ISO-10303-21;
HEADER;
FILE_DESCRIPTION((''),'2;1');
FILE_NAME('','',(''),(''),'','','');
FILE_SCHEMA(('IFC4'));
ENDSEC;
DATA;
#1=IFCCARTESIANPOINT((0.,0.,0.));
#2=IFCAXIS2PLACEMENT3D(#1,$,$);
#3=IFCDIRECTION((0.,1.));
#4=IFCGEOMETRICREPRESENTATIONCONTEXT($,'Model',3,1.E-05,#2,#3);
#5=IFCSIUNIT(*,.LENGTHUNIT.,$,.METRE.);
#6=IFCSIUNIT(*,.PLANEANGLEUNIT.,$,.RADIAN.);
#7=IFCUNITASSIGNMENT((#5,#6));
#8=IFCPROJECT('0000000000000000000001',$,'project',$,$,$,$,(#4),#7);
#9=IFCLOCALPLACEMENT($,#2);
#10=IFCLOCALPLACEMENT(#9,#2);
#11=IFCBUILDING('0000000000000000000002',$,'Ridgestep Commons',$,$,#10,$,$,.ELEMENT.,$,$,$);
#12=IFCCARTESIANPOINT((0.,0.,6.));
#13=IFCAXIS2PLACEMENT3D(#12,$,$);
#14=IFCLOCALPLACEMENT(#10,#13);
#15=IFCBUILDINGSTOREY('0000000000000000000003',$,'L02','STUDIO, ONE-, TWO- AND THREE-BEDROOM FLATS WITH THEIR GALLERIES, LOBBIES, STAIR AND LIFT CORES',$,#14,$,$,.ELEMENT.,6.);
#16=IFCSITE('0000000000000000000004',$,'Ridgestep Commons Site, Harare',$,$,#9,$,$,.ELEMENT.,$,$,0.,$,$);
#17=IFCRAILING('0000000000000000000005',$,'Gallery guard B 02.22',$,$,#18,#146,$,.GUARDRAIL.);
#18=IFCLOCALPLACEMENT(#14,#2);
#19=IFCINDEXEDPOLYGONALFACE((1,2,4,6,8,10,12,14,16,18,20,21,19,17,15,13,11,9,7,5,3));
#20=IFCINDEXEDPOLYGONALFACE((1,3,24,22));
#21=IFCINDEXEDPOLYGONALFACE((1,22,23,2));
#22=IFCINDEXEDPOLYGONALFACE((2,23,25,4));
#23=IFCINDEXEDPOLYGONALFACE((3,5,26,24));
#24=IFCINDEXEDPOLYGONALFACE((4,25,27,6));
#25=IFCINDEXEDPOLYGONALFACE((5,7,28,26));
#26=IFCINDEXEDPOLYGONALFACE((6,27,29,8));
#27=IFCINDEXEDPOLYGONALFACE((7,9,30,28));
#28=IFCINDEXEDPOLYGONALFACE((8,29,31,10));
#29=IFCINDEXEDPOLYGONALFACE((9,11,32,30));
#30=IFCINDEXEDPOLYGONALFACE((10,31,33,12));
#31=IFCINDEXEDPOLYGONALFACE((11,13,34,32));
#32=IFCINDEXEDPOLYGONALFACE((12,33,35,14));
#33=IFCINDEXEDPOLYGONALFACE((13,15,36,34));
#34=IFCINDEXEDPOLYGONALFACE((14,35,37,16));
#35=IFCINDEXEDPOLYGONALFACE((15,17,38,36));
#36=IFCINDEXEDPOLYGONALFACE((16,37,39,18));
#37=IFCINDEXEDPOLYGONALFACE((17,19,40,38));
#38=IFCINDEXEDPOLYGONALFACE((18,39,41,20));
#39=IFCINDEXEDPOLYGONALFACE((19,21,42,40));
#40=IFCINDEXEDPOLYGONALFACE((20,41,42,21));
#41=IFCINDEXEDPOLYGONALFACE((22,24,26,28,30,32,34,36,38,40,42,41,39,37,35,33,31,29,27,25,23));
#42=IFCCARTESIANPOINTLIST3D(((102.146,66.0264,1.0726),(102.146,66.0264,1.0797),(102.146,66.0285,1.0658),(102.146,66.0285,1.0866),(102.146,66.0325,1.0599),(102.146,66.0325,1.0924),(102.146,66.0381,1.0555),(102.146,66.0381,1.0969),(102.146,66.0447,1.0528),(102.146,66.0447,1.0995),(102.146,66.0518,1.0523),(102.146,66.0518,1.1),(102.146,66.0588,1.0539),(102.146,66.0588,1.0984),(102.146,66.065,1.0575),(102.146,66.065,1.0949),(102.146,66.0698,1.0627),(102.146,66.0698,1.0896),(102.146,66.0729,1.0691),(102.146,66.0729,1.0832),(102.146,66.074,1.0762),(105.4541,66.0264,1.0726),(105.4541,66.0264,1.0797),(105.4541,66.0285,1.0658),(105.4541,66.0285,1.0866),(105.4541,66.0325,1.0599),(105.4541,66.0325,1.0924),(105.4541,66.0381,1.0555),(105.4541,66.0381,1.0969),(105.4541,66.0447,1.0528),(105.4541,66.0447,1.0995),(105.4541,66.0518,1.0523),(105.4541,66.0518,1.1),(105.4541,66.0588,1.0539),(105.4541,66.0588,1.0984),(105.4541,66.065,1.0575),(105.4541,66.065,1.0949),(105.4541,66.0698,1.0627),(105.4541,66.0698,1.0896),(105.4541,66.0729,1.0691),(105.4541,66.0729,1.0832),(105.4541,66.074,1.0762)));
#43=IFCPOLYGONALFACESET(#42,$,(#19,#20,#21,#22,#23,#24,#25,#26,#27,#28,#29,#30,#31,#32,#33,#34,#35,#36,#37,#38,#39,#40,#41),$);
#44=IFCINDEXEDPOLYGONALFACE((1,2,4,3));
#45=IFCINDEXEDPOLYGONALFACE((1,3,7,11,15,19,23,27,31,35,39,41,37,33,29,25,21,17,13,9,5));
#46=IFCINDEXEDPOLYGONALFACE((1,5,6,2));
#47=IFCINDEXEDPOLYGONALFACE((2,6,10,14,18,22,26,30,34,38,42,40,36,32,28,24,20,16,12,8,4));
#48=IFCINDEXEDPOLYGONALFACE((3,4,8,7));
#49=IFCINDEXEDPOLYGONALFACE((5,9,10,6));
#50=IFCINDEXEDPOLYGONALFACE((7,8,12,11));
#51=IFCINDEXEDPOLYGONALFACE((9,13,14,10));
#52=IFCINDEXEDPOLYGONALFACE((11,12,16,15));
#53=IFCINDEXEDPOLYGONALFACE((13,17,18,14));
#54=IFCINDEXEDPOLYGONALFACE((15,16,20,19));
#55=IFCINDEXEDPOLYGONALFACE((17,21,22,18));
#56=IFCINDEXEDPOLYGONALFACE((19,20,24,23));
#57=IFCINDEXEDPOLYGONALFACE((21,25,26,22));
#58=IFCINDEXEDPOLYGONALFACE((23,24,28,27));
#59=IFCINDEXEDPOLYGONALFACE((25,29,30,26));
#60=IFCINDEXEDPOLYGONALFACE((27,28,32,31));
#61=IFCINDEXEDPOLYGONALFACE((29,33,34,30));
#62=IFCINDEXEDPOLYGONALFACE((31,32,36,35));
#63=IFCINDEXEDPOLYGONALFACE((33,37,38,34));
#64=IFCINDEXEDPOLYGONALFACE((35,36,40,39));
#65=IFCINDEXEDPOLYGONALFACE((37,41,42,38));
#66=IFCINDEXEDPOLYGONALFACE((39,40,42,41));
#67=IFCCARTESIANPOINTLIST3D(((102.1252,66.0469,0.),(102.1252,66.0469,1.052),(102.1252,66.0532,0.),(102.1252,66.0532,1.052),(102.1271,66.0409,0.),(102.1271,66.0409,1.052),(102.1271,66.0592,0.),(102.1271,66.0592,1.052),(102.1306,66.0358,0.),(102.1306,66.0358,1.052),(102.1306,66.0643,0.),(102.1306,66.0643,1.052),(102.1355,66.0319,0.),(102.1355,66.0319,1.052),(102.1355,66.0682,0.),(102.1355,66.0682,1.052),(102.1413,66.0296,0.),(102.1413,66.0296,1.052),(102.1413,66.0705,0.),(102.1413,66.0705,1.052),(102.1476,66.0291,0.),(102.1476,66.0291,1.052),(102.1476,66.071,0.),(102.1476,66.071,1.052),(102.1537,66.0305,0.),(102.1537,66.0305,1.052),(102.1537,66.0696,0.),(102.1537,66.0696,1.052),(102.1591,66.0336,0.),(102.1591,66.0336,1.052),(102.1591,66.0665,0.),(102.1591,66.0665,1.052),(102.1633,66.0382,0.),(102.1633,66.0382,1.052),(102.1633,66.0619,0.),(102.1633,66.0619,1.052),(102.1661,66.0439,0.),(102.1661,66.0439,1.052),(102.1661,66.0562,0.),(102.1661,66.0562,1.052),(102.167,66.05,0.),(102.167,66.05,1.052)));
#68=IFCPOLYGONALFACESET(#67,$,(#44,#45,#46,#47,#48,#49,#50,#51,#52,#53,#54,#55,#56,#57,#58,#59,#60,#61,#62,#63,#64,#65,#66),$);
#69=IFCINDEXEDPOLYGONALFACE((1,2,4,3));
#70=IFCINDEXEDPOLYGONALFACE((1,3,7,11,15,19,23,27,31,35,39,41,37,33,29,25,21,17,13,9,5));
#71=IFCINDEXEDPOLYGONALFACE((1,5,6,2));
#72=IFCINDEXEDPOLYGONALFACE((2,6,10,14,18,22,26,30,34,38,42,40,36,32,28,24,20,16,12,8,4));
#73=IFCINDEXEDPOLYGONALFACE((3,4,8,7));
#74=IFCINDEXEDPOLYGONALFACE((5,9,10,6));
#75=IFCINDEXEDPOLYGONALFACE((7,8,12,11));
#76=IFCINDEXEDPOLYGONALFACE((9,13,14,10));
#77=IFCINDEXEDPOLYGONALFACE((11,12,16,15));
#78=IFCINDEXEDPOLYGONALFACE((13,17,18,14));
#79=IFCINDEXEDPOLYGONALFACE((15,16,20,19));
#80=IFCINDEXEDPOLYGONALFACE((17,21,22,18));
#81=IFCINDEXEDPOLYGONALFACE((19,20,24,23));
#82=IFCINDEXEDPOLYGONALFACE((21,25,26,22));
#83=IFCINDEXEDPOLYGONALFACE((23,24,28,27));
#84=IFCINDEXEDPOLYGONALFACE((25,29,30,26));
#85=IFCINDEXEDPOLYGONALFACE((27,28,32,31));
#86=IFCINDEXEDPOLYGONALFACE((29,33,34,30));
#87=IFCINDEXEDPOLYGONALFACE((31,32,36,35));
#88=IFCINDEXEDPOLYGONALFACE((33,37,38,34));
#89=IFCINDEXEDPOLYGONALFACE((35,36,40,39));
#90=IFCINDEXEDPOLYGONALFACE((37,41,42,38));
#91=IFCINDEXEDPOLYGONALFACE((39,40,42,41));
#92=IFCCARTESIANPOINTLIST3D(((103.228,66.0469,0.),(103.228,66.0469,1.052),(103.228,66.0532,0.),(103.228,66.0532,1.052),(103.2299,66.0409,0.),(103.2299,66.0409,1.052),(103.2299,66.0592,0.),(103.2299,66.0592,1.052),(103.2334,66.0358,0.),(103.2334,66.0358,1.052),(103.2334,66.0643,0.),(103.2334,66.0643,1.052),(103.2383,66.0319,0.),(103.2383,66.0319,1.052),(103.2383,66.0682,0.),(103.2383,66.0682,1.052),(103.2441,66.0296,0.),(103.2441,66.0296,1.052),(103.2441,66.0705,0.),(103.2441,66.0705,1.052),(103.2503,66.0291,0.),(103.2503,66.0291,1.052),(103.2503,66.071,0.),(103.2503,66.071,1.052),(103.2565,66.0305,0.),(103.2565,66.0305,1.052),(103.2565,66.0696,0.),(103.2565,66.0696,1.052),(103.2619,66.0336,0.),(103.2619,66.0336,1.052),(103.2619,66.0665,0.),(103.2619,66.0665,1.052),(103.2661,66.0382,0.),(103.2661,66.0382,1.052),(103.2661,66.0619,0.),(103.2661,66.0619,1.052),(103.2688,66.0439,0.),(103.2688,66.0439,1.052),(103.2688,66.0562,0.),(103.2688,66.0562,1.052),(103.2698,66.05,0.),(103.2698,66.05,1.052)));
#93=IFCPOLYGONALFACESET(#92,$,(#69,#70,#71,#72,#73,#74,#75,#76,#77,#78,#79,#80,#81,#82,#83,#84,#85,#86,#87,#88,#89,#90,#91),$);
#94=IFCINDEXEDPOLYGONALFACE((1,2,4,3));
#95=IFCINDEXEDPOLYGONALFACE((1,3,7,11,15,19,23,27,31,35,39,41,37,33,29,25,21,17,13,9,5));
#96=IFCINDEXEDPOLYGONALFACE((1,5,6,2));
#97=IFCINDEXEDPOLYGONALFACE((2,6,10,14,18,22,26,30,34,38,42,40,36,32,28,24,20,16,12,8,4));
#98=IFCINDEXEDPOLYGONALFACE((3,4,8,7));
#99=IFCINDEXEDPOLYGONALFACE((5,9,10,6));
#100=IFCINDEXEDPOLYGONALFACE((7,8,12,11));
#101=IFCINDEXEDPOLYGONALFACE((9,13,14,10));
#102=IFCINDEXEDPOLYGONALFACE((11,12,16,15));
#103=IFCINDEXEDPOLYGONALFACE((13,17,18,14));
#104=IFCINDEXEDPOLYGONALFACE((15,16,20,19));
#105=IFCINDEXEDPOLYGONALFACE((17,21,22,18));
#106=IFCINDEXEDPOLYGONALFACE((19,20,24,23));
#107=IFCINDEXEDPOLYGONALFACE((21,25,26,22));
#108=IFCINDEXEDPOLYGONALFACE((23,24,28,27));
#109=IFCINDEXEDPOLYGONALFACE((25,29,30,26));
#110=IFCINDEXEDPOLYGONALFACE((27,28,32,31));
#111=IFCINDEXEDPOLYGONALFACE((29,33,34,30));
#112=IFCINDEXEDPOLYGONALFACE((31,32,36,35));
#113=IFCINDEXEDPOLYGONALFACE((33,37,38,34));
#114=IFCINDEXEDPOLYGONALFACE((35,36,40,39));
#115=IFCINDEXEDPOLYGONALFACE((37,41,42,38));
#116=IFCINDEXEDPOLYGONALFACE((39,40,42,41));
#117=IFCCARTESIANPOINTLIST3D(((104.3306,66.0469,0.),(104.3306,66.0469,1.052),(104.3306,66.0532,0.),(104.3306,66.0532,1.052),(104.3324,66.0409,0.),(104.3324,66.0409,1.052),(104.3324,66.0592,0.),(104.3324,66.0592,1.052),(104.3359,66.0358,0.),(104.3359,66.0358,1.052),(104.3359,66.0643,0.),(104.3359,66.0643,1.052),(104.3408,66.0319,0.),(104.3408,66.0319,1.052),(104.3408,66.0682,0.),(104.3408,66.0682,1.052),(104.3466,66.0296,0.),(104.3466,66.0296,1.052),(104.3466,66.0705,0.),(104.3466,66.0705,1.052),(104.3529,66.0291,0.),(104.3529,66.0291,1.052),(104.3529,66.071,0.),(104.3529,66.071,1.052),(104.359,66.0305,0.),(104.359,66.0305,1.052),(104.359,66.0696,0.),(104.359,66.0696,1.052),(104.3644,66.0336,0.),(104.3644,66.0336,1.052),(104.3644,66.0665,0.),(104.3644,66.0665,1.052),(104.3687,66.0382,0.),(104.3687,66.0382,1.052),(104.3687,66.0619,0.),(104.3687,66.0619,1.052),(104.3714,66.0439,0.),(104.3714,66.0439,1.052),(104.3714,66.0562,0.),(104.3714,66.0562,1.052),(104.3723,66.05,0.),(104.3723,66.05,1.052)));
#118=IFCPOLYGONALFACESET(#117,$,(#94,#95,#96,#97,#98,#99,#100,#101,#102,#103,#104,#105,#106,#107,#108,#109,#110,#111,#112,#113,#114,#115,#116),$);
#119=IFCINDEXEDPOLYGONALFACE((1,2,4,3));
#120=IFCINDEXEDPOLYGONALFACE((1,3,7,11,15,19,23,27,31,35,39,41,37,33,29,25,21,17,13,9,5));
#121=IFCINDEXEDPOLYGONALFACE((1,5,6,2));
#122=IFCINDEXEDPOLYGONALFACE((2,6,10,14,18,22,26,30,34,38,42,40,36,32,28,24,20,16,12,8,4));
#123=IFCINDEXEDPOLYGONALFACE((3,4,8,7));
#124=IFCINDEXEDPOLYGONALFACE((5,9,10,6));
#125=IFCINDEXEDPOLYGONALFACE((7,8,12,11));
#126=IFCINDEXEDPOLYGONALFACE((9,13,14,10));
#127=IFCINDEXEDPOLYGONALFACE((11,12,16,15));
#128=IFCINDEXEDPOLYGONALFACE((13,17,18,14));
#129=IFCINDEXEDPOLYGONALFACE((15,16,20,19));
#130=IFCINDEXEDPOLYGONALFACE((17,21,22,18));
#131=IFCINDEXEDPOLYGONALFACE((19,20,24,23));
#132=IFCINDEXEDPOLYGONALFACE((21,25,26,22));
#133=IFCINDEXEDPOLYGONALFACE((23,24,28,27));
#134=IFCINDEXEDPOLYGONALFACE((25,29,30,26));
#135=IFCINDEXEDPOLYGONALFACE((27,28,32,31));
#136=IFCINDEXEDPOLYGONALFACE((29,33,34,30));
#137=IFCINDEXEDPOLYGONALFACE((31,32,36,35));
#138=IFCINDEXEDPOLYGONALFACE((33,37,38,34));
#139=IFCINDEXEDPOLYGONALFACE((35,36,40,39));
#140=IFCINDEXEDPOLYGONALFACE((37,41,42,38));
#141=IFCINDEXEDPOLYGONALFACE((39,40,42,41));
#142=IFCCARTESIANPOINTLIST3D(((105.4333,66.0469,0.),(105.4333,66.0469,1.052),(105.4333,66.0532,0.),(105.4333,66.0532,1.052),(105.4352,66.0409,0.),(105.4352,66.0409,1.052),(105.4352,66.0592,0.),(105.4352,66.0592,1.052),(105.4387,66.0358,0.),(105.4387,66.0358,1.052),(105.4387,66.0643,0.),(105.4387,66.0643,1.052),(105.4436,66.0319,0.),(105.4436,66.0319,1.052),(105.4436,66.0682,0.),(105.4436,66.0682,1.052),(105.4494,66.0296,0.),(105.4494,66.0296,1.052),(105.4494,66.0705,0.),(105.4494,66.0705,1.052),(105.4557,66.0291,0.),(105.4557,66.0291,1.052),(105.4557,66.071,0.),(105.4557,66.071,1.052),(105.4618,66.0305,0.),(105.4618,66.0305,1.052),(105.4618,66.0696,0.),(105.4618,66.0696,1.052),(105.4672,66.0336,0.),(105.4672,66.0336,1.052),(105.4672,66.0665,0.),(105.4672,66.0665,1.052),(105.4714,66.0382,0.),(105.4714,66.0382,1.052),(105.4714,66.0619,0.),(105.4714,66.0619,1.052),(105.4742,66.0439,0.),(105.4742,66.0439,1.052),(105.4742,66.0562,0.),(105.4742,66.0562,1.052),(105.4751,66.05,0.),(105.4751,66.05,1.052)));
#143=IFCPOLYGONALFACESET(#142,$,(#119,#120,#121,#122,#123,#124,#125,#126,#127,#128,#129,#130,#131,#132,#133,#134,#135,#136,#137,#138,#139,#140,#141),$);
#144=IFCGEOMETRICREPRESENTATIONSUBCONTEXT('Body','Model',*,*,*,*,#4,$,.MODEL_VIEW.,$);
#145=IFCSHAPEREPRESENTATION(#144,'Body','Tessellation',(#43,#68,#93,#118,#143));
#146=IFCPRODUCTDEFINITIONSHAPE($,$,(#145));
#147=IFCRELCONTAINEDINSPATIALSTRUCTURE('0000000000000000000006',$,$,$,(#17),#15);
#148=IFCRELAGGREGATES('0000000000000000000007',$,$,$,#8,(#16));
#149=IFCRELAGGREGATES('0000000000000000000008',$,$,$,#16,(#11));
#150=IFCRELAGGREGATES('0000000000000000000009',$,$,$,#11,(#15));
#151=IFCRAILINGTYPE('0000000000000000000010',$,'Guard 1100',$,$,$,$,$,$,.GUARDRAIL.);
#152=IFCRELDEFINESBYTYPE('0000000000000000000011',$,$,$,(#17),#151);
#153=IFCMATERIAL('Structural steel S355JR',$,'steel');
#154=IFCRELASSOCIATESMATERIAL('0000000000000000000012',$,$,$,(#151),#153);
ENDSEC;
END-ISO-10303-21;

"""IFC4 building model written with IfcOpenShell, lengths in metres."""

from ifc_helpers import new_model, si_unit, direction, frame, origin, origin_2d, place, context, subcontext, project, spatial, circle, extrude, material, type_object, element, save


model = new_model("IFC4")

# Units and contexts
model_context = context("Model", 3, precision=1e-05, world=origin(), true_north=direction((0.0, 1.0)))
body_context = subcontext(model_context, "Body", "Model", "MODEL_VIEW")
ifc_project = project(units=[si_unit("LENGTHUNIT", "METRE"), si_unit("PLANEANGLEUNIT", "RADIAN")], contexts=[model_context])

# Site, building, storey
site_placement = place(None, origin())
site = spatial("IfcSite", under=ifc_project, at=site_placement, Name="Ridgestep Commons Site, Harare", CompositionType="ELEMENT", RefElevation=0.0)
building_placement = place(site_placement, origin())
building = spatial("IfcBuilding", under=site, at=building_placement, Name="Ridgestep Commons", CompositionType="ELEMENT")
storey_placement = place(building_placement, frame((0.0, 0.0, 6.0)))
storey = spatial("IfcBuildingStorey", under=building, at=storey_placement, Name="L02", Description="STUDIO, ONE-, TWO- AND THREE-BEDROOM FLATS WITH THEIR GALLERIES, LOBBIES, STAIR AND LIFT CORES", CompositionType="ELEMENT", Elevation=6.0)

# Railing
ifc_material_1 = material(Name="Structural steel S355JR", Category="steel")
railing_type = type_object("IfcRailingType", Name="Guard 1100", PredefinedType="GUARDRAIL", material=ifc_material_1)
railing_1_placement = place(storey_placement, frame((102.146, 66.05, 0.0)))
element("IfcRailing", 1, at=railing_1_placement, inside=storey, type_object=railing_type, Name="Gallery guard B 02.22", PredefinedType="GUARDRAIL", context=body_context, shape_type="SweptSolid", body=[
    extrude(circle(Radius=0.0239, at=origin_2d()), frame((0.0, 0.0, 1.0762), z_axis=(1.0, 0.0, 0.0), x_axis=(0.0, 1.0, 0.0)), (0.0, 0.0, 1.0), 3.3081),
    extrude(circle(Radius=0.021, at=origin_2d()), origin(), (0.0, 0.0, 1.0), 1.052),
    extrude(circle(Radius=0.021, at=origin_2d()), frame((1.1028, 0.0, 0.0)), (0.0, 0.0, 1.0), 1.052),
    extrude(circle(Radius=0.021, at=origin_2d()), frame((2.2053, 0.0, 0.0)), (0.0, 0.0, 1.0), 1.052),
    extrude(circle(Radius=0.021, at=origin_2d()), frame((3.3081, 0.0, 0.0)), (0.0, 0.0, 1.0), 1.052),
])

save(model, "model.ifc")
